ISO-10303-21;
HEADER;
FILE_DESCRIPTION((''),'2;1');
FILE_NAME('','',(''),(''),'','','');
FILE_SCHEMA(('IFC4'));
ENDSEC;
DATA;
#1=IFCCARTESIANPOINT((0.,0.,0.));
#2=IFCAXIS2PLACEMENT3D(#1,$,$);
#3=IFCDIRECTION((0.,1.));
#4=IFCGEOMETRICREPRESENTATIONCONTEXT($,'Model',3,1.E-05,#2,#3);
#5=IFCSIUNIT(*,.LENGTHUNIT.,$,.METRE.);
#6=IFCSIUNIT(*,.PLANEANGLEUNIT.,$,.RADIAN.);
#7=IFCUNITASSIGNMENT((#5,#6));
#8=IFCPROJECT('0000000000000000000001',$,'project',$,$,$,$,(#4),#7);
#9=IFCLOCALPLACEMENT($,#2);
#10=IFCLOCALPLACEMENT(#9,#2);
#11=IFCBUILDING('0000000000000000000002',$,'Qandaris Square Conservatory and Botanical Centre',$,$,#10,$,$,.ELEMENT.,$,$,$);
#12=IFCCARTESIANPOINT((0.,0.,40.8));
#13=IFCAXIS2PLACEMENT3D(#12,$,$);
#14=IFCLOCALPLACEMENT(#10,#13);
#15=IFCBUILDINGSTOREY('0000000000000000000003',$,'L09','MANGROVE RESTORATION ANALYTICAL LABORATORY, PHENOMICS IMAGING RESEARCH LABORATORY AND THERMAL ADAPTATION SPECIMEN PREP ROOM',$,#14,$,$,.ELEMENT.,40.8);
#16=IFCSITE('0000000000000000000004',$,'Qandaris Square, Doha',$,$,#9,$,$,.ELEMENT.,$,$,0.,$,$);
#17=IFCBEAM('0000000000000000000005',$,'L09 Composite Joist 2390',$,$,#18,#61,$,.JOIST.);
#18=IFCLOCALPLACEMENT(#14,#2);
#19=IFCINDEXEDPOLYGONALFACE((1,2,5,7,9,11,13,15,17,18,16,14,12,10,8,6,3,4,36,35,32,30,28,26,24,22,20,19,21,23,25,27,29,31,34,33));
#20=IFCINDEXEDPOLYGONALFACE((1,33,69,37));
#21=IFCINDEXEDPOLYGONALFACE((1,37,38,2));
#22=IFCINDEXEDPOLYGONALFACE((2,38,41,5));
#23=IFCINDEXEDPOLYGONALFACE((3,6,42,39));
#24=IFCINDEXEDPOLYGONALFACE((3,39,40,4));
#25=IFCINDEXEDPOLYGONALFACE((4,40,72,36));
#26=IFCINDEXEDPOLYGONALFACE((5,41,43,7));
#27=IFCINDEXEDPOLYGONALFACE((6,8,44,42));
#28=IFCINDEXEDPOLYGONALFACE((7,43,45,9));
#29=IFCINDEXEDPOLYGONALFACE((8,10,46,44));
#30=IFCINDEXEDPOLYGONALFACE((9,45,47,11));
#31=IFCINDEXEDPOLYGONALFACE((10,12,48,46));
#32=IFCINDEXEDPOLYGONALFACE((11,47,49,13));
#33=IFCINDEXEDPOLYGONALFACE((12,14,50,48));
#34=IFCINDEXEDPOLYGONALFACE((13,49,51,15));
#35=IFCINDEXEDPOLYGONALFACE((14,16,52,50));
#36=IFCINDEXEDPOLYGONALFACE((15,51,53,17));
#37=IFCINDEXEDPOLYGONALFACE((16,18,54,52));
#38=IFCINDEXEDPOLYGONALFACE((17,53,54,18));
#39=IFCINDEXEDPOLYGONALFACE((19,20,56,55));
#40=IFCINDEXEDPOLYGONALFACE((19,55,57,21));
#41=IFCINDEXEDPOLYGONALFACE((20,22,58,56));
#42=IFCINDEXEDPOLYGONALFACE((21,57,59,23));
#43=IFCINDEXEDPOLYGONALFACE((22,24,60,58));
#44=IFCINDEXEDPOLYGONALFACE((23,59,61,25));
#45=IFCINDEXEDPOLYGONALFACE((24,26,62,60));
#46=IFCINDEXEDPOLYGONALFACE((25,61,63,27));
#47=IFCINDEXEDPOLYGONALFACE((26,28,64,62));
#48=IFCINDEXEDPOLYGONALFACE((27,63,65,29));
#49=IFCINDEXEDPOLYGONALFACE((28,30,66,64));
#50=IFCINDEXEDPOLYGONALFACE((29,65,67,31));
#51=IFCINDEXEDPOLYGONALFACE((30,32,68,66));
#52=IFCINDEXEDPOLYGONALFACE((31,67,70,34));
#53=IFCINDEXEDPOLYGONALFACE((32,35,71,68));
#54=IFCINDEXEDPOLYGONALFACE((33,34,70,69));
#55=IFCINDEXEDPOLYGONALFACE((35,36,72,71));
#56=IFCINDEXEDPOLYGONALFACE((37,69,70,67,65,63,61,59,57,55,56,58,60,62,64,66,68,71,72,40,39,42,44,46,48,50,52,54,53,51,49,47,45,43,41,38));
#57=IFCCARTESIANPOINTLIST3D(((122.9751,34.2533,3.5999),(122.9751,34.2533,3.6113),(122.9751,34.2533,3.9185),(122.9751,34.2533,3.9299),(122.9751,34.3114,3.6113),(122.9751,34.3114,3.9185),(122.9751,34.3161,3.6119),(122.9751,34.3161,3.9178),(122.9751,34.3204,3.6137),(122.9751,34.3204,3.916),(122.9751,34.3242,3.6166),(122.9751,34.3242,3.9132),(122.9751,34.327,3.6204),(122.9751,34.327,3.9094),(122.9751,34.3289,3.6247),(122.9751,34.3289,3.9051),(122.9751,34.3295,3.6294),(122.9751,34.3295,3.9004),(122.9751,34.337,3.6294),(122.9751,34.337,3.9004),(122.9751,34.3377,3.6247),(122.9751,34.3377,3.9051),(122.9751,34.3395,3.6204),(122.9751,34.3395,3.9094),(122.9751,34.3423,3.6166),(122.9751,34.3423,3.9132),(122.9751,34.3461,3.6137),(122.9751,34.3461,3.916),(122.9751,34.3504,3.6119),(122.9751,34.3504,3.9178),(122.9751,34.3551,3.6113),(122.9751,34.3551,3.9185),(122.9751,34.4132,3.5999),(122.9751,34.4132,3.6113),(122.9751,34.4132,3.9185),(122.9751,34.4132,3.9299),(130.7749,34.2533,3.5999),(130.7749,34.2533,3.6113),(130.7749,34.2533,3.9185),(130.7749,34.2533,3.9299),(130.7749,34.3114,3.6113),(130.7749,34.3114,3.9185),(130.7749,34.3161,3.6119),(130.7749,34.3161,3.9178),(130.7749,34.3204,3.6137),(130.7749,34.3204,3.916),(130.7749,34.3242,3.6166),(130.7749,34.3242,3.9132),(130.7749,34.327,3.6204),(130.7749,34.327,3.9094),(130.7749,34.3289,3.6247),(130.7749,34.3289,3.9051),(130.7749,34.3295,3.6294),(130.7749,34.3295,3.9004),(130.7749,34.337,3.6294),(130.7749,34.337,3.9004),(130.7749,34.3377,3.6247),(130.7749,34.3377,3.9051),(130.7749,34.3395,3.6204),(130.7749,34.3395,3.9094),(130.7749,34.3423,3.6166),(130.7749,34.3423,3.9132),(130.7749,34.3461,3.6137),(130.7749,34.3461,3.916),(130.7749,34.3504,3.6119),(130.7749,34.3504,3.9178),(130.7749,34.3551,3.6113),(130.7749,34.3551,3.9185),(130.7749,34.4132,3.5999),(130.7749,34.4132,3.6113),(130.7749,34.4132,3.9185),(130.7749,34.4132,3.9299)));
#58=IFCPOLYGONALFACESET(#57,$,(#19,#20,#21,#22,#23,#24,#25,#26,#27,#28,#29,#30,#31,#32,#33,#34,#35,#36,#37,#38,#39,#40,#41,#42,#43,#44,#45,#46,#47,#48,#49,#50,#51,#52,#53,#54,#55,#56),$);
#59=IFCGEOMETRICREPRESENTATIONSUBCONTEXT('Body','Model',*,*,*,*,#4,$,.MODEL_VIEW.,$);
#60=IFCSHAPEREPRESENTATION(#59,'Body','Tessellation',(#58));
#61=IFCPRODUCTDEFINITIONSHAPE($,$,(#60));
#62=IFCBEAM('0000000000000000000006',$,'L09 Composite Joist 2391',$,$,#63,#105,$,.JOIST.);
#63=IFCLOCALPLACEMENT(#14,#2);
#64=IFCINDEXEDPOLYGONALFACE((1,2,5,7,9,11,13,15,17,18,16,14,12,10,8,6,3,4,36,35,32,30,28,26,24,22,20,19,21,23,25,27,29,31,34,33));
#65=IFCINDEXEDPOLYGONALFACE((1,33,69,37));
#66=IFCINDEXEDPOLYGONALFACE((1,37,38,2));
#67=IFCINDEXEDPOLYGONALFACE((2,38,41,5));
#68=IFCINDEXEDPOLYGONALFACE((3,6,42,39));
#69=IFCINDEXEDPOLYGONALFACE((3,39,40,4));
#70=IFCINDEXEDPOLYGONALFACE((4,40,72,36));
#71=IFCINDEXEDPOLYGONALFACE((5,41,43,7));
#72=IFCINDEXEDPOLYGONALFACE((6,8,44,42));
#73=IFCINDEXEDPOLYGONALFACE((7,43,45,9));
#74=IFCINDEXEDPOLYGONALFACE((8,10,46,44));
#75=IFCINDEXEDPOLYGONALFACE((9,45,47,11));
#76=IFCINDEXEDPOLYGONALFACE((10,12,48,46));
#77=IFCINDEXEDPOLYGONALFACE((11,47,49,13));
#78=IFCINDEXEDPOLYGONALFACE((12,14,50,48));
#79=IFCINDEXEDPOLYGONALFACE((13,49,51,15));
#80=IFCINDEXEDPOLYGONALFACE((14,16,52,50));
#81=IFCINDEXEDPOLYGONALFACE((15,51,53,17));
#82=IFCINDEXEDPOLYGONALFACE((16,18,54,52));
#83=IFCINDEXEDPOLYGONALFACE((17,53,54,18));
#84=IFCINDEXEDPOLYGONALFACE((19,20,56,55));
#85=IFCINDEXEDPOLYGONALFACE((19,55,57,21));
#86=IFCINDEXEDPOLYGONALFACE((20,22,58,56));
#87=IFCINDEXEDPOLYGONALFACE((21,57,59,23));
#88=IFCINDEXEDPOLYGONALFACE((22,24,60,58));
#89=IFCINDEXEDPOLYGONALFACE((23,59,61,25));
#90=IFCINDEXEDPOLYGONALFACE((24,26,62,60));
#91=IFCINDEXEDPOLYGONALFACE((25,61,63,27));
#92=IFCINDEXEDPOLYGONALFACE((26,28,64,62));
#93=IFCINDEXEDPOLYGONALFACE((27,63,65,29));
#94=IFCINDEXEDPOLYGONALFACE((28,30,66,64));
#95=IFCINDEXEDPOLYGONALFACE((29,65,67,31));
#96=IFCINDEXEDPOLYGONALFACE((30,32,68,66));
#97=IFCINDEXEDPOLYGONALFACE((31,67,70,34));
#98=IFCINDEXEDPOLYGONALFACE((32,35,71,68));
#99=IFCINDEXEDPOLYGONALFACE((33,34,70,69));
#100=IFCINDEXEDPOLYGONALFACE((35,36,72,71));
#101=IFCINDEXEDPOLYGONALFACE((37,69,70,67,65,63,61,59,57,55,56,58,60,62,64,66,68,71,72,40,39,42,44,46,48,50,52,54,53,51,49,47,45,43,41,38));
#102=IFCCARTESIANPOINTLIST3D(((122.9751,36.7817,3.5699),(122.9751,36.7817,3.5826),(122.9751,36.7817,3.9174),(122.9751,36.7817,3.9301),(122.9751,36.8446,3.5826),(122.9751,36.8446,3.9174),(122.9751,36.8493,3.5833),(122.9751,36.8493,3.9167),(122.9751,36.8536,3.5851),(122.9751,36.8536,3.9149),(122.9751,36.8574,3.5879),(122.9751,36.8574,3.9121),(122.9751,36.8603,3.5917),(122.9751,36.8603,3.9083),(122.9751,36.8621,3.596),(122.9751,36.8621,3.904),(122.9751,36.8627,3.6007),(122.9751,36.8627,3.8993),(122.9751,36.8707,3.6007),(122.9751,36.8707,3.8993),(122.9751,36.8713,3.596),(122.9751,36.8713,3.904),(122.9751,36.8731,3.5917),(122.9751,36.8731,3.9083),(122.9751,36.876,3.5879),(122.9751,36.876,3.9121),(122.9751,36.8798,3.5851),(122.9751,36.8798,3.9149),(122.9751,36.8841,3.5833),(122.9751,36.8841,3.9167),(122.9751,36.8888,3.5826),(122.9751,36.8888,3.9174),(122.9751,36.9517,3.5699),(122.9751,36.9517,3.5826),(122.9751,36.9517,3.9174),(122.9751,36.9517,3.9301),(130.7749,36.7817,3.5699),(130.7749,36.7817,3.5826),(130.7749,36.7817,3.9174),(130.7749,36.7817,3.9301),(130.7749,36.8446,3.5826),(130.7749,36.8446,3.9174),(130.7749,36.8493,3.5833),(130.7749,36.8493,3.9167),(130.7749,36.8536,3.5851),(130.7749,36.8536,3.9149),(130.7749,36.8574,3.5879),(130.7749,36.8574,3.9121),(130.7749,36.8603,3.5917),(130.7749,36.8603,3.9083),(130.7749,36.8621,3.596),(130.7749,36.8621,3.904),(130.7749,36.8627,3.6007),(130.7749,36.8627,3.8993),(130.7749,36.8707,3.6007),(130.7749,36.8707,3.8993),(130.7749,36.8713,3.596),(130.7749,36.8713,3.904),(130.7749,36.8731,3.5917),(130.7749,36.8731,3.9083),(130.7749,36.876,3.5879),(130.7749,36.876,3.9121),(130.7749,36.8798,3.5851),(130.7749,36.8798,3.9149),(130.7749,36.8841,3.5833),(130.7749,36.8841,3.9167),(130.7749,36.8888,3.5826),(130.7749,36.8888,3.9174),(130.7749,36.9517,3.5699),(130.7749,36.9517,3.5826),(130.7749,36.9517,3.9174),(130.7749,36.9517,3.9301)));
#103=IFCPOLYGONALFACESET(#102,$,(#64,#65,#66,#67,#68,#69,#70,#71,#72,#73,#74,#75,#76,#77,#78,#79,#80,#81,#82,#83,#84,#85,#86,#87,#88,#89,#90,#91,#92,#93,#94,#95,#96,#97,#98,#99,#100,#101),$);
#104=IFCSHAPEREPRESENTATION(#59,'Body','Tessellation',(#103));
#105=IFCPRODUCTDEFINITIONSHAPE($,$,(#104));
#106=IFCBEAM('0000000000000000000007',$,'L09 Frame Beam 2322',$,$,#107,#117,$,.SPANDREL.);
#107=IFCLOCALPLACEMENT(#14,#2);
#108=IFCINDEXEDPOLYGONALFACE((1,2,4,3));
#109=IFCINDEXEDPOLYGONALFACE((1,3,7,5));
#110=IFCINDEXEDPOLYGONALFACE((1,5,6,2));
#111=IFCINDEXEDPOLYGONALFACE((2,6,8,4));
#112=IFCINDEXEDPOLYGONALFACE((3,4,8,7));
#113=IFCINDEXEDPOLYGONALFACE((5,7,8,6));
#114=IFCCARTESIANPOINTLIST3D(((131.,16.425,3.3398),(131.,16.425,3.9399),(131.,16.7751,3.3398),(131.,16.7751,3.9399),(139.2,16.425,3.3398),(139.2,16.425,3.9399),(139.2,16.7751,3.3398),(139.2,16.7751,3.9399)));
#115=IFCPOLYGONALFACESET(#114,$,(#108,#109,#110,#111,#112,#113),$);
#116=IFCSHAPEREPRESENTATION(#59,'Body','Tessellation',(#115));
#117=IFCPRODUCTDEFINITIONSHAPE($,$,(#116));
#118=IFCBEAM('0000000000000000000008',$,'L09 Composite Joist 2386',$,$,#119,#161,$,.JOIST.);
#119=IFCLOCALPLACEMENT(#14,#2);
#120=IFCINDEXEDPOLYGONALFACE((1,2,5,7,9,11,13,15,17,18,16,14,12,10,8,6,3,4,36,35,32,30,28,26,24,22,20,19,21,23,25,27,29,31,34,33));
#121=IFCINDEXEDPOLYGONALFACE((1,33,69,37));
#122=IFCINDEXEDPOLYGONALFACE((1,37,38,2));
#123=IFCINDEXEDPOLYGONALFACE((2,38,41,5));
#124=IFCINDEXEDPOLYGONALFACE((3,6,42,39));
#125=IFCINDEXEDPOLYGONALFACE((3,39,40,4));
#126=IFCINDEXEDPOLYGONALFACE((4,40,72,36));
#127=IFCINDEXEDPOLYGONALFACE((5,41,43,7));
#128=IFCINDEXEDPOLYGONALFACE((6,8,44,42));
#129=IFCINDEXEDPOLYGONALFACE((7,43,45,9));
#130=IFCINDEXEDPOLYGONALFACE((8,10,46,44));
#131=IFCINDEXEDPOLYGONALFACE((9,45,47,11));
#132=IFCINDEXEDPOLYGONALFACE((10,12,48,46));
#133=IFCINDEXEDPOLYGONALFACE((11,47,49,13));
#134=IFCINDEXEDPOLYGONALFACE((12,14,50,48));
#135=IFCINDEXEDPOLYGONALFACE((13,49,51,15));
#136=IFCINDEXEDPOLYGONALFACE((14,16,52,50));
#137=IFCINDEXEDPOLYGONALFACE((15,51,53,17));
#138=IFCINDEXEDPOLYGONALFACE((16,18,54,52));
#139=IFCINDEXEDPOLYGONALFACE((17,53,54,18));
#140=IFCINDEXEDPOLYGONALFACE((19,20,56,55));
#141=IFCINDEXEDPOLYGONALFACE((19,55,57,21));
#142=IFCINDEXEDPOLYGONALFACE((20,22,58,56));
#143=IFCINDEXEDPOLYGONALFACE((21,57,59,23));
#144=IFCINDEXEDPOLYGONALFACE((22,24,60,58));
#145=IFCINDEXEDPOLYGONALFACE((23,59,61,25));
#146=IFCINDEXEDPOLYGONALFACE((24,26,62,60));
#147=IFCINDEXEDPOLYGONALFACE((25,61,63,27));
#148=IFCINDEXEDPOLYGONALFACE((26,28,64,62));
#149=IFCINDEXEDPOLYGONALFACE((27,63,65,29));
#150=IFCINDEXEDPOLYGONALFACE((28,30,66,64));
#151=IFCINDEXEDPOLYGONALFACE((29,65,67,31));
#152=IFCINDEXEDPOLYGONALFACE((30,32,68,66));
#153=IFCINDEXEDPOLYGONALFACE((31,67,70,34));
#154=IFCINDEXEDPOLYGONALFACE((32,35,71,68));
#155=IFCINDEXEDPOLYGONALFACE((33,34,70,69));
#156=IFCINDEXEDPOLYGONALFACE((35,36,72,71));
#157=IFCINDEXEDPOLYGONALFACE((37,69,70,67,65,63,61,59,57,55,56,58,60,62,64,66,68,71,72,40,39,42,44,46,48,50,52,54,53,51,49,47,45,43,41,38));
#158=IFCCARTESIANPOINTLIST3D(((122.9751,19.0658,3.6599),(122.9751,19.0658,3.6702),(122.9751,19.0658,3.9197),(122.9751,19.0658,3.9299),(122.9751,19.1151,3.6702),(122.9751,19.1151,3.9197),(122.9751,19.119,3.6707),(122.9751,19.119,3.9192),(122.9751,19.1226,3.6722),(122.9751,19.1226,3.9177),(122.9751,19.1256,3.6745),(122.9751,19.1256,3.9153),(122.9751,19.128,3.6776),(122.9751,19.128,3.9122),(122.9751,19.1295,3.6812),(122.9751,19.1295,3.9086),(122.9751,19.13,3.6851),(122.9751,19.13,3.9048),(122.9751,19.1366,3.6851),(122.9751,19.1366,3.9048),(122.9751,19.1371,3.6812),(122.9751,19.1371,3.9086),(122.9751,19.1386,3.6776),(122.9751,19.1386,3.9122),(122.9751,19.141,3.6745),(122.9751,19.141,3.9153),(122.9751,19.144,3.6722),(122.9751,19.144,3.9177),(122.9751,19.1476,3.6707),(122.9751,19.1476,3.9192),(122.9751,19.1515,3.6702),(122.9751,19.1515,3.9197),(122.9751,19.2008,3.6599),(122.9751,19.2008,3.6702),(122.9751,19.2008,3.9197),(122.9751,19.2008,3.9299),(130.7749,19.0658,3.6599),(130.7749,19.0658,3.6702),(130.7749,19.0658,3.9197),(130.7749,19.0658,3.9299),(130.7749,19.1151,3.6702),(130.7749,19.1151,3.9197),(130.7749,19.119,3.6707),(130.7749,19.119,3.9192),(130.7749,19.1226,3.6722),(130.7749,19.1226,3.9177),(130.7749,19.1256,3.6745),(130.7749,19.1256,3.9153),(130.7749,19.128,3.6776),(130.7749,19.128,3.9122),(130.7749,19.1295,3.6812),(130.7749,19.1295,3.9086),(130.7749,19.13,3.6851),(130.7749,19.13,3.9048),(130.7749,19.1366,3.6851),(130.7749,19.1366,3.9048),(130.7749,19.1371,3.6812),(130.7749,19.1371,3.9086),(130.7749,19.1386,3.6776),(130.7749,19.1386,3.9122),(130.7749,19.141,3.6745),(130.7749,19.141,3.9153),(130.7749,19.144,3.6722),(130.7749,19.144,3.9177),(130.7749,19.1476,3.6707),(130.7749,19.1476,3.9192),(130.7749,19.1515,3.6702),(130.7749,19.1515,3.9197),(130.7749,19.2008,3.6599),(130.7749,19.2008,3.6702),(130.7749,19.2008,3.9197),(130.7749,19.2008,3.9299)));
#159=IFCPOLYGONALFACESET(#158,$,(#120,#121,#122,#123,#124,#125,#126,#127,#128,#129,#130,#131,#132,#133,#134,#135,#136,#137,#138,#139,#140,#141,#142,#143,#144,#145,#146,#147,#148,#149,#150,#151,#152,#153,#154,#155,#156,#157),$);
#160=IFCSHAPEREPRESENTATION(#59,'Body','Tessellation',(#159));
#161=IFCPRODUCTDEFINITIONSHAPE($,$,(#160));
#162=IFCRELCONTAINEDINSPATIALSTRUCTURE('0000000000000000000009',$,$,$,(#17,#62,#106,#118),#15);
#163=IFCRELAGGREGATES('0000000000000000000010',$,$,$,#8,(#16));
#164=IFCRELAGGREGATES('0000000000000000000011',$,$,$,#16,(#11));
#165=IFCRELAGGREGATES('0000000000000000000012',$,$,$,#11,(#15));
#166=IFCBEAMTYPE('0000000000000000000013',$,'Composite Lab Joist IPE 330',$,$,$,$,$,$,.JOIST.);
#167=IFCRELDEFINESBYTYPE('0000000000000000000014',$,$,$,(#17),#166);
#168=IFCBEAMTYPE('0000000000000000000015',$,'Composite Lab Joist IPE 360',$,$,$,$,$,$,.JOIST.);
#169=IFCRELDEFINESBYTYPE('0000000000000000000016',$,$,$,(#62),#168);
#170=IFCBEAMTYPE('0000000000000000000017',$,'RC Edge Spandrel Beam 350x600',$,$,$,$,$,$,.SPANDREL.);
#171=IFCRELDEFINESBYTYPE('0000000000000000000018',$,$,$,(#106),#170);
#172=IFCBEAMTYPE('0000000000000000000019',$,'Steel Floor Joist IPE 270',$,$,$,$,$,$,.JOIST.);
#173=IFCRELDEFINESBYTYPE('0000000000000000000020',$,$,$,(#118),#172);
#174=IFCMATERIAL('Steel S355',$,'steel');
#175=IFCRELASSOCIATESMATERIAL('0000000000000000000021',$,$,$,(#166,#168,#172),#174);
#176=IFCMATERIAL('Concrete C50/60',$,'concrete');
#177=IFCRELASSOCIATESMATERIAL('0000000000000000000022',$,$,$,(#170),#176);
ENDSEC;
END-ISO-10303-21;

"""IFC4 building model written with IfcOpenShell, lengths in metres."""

from ifc_helpers import new_model, si_unit, direction, frame, origin, origin_2d, place, context, subcontext, project, spatial, rectangle, i_section, extrude, material, material_profile, profile_set, type_object, element, save


model = new_model("IFC4")

# Units and contexts
model_context = context("Model", 3, precision=1e-05, world=origin(), true_north=direction((0.0, 1.0)))
body_context = subcontext(model_context, "Body", "Model", "MODEL_VIEW")
ifc_project = project(units=[si_unit("LENGTHUNIT", "METRE"), si_unit("PLANEANGLEUNIT", "RADIAN")], contexts=[model_context])

# Site, building, storey
site_placement = place(None, origin())
site = spatial("IfcSite", under=ifc_project, at=site_placement, Name="Qandaris Square, Doha", CompositionType="ELEMENT", RefElevation=0.0)
building_placement = place(site_placement, origin())
building = spatial("IfcBuilding", under=site, at=building_placement, Name="Qandaris Square Conservatory and Botanical Centre", CompositionType="ELEMENT")
storey_placement = place(building_placement, frame((0.0, 0.0, 40.8)))
storey = spatial("IfcBuildingStorey", under=building, at=storey_placement, Name="L09", Description="MANGROVE RESTORATION ANALYTICAL LABORATORY, PHENOMICS IMAGING RESEARCH LABORATORY AND THERMAL ADAPTATION SPECIMEN PREP ROOM", CompositionType="ELEMENT", Elevation=40.8)

# Shared definitions
ifc_material_1 = material(Name="Concrete C50/60", Category="concrete")

# Beams
ifc_material_2 = material(Name="Steel S355", Category="steel")
ifc_material_profile_1 = material_profile(ifc_material_2, i_section(OverallWidth=0.1599, OverallDepth=0.3301, WebThickness=0.0076, FlangeThickness=0.0115, FilletRadius=0.0181, at=origin_2d()), Name="IPE 330")
ifc_profile_set_1 = profile_set([ifc_material_profile_1], Name="Steel S355")
beam_type_1 = type_object("IfcBeamType", Name="Composite Lab Joist IPE 330", PredefinedType="JOIST", material=ifc_profile_set_1)
for number, where, z_axis, x_axis, name in (
    (1, (122.9751, 34.3333, 3.7649), (1.0, 0.0, 0.0), (0.0, 1.0, 0.0), "L09 Composite Joist 2390"),
):
    element("IfcBeam", number, at=place(storey_placement, frame(where, z_axis=z_axis, x_axis=x_axis)), inside=storey, type_object=beam_type_1, Name=name, PredefinedType="JOIST", context=body_context, shape_type="SweptSolid", body=[
        extrude(i_section(OverallWidth=0.1599, OverallDepth=0.3301, WebThickness=0.0076, FlangeThickness=0.0115, FilletRadius=0.0181, at=origin_2d()), origin(), (0.0, 0.0, 1.0), 7.7998),
    ])
ifc_material_profile_2 = material_profile(ifc_material_2, i_section(OverallWidth=0.1699, OverallDepth=0.3601, WebThickness=0.0081, FlangeThickness=0.0127, FilletRadius=0.0181, at=origin_2d()), Name="IPE 360")
ifc_profile_set_2 = profile_set([ifc_material_profile_2], Name="Steel S355")
beam_type_2 = type_object("IfcBeamType", Name="Composite Lab Joist IPE 360", PredefinedType="JOIST", material=ifc_profile_set_2)
beam_1_placement = place(storey_placement, frame((122.9751, 36.8667, 3.75), z_axis=(1.0, 0.0, 0.0), x_axis=(0.0, 1.0, 0.0)))
element("IfcBeam", 2, at=beam_1_placement, inside=storey, type_object=beam_type_2, Name="L09 Composite Joist 2391", PredefinedType="JOIST", context=body_context, shape_type="SweptSolid", body=[
    extrude(i_section(OverallWidth=0.1699, OverallDepth=0.3601, WebThickness=0.0081, FlangeThickness=0.0127, FilletRadius=0.0181, at=origin_2d()), origin(), (0.0, 0.0, 1.0), 7.7998),
])
ifc_material_profile_3 = material_profile(ifc_material_1, rectangle(XDim=0.3501, YDim=0.6001, at=origin_2d()), Name="RC-SP 350x600")
ifc_profile_set_3 = profile_set([ifc_material_profile_3], Name="Concrete C50/60")
beam_type_3 = type_object("IfcBeamType", Name="RC Edge Spandrel Beam 350x600", PredefinedType="SPANDREL", material=ifc_profile_set_3)
beam_2_placement = place(storey_placement, frame((131.0, 16.6001, 3.6399), z_axis=(1.0, 0.0, 0.0), x_axis=(0.0, 1.0, 0.0)))
element("IfcBeam", 3, at=beam_2_placement, inside=storey, type_object=beam_type_3, Name="L09 Frame Beam 2322", PredefinedType="SPANDREL", context=body_context, shape_type="SweptSolid", body=[
    extrude(rectangle(XDim=0.3501, YDim=0.6001, at=origin_2d()), origin(), (0.0, 0.0, 1.0), 8.2),
])
ifc_material_profile_4 = material_profile(ifc_material_2, i_section(OverallWidth=0.135, OverallDepth=0.27, WebThickness=0.0066, FlangeThickness=0.0103, FilletRadius=0.0149, at=origin_2d()), Name="IPE 270")
ifc_profile_set_4 = profile_set([ifc_material_profile_4], Name="Steel S355")
beam_type_4 = type_object("IfcBeamType", Name="Steel Floor Joist IPE 270", PredefinedType="JOIST", material=ifc_profile_set_4)
beam_3_placement = place(storey_placement, frame((122.9751, 19.1333, 3.7949), z_axis=(1.0, 0.0, 0.0), x_axis=(0.0, 1.0, 0.0)))
element("IfcBeam", 4, at=beam_3_placement, inside=storey, type_object=beam_type_4, Name="L09 Composite Joist 2386", PredefinedType="JOIST", context=body_context, shape_type="SweptSolid", body=[
    extrude(i_section(OverallWidth=0.135, OverallDepth=0.27, WebThickness=0.0066, FlangeThickness=0.0103, FilletRadius=0.0149, at=origin_2d()), origin(), (0.0, 0.0, 1.0), 7.7998),
])

save(model, "model.ifc")
